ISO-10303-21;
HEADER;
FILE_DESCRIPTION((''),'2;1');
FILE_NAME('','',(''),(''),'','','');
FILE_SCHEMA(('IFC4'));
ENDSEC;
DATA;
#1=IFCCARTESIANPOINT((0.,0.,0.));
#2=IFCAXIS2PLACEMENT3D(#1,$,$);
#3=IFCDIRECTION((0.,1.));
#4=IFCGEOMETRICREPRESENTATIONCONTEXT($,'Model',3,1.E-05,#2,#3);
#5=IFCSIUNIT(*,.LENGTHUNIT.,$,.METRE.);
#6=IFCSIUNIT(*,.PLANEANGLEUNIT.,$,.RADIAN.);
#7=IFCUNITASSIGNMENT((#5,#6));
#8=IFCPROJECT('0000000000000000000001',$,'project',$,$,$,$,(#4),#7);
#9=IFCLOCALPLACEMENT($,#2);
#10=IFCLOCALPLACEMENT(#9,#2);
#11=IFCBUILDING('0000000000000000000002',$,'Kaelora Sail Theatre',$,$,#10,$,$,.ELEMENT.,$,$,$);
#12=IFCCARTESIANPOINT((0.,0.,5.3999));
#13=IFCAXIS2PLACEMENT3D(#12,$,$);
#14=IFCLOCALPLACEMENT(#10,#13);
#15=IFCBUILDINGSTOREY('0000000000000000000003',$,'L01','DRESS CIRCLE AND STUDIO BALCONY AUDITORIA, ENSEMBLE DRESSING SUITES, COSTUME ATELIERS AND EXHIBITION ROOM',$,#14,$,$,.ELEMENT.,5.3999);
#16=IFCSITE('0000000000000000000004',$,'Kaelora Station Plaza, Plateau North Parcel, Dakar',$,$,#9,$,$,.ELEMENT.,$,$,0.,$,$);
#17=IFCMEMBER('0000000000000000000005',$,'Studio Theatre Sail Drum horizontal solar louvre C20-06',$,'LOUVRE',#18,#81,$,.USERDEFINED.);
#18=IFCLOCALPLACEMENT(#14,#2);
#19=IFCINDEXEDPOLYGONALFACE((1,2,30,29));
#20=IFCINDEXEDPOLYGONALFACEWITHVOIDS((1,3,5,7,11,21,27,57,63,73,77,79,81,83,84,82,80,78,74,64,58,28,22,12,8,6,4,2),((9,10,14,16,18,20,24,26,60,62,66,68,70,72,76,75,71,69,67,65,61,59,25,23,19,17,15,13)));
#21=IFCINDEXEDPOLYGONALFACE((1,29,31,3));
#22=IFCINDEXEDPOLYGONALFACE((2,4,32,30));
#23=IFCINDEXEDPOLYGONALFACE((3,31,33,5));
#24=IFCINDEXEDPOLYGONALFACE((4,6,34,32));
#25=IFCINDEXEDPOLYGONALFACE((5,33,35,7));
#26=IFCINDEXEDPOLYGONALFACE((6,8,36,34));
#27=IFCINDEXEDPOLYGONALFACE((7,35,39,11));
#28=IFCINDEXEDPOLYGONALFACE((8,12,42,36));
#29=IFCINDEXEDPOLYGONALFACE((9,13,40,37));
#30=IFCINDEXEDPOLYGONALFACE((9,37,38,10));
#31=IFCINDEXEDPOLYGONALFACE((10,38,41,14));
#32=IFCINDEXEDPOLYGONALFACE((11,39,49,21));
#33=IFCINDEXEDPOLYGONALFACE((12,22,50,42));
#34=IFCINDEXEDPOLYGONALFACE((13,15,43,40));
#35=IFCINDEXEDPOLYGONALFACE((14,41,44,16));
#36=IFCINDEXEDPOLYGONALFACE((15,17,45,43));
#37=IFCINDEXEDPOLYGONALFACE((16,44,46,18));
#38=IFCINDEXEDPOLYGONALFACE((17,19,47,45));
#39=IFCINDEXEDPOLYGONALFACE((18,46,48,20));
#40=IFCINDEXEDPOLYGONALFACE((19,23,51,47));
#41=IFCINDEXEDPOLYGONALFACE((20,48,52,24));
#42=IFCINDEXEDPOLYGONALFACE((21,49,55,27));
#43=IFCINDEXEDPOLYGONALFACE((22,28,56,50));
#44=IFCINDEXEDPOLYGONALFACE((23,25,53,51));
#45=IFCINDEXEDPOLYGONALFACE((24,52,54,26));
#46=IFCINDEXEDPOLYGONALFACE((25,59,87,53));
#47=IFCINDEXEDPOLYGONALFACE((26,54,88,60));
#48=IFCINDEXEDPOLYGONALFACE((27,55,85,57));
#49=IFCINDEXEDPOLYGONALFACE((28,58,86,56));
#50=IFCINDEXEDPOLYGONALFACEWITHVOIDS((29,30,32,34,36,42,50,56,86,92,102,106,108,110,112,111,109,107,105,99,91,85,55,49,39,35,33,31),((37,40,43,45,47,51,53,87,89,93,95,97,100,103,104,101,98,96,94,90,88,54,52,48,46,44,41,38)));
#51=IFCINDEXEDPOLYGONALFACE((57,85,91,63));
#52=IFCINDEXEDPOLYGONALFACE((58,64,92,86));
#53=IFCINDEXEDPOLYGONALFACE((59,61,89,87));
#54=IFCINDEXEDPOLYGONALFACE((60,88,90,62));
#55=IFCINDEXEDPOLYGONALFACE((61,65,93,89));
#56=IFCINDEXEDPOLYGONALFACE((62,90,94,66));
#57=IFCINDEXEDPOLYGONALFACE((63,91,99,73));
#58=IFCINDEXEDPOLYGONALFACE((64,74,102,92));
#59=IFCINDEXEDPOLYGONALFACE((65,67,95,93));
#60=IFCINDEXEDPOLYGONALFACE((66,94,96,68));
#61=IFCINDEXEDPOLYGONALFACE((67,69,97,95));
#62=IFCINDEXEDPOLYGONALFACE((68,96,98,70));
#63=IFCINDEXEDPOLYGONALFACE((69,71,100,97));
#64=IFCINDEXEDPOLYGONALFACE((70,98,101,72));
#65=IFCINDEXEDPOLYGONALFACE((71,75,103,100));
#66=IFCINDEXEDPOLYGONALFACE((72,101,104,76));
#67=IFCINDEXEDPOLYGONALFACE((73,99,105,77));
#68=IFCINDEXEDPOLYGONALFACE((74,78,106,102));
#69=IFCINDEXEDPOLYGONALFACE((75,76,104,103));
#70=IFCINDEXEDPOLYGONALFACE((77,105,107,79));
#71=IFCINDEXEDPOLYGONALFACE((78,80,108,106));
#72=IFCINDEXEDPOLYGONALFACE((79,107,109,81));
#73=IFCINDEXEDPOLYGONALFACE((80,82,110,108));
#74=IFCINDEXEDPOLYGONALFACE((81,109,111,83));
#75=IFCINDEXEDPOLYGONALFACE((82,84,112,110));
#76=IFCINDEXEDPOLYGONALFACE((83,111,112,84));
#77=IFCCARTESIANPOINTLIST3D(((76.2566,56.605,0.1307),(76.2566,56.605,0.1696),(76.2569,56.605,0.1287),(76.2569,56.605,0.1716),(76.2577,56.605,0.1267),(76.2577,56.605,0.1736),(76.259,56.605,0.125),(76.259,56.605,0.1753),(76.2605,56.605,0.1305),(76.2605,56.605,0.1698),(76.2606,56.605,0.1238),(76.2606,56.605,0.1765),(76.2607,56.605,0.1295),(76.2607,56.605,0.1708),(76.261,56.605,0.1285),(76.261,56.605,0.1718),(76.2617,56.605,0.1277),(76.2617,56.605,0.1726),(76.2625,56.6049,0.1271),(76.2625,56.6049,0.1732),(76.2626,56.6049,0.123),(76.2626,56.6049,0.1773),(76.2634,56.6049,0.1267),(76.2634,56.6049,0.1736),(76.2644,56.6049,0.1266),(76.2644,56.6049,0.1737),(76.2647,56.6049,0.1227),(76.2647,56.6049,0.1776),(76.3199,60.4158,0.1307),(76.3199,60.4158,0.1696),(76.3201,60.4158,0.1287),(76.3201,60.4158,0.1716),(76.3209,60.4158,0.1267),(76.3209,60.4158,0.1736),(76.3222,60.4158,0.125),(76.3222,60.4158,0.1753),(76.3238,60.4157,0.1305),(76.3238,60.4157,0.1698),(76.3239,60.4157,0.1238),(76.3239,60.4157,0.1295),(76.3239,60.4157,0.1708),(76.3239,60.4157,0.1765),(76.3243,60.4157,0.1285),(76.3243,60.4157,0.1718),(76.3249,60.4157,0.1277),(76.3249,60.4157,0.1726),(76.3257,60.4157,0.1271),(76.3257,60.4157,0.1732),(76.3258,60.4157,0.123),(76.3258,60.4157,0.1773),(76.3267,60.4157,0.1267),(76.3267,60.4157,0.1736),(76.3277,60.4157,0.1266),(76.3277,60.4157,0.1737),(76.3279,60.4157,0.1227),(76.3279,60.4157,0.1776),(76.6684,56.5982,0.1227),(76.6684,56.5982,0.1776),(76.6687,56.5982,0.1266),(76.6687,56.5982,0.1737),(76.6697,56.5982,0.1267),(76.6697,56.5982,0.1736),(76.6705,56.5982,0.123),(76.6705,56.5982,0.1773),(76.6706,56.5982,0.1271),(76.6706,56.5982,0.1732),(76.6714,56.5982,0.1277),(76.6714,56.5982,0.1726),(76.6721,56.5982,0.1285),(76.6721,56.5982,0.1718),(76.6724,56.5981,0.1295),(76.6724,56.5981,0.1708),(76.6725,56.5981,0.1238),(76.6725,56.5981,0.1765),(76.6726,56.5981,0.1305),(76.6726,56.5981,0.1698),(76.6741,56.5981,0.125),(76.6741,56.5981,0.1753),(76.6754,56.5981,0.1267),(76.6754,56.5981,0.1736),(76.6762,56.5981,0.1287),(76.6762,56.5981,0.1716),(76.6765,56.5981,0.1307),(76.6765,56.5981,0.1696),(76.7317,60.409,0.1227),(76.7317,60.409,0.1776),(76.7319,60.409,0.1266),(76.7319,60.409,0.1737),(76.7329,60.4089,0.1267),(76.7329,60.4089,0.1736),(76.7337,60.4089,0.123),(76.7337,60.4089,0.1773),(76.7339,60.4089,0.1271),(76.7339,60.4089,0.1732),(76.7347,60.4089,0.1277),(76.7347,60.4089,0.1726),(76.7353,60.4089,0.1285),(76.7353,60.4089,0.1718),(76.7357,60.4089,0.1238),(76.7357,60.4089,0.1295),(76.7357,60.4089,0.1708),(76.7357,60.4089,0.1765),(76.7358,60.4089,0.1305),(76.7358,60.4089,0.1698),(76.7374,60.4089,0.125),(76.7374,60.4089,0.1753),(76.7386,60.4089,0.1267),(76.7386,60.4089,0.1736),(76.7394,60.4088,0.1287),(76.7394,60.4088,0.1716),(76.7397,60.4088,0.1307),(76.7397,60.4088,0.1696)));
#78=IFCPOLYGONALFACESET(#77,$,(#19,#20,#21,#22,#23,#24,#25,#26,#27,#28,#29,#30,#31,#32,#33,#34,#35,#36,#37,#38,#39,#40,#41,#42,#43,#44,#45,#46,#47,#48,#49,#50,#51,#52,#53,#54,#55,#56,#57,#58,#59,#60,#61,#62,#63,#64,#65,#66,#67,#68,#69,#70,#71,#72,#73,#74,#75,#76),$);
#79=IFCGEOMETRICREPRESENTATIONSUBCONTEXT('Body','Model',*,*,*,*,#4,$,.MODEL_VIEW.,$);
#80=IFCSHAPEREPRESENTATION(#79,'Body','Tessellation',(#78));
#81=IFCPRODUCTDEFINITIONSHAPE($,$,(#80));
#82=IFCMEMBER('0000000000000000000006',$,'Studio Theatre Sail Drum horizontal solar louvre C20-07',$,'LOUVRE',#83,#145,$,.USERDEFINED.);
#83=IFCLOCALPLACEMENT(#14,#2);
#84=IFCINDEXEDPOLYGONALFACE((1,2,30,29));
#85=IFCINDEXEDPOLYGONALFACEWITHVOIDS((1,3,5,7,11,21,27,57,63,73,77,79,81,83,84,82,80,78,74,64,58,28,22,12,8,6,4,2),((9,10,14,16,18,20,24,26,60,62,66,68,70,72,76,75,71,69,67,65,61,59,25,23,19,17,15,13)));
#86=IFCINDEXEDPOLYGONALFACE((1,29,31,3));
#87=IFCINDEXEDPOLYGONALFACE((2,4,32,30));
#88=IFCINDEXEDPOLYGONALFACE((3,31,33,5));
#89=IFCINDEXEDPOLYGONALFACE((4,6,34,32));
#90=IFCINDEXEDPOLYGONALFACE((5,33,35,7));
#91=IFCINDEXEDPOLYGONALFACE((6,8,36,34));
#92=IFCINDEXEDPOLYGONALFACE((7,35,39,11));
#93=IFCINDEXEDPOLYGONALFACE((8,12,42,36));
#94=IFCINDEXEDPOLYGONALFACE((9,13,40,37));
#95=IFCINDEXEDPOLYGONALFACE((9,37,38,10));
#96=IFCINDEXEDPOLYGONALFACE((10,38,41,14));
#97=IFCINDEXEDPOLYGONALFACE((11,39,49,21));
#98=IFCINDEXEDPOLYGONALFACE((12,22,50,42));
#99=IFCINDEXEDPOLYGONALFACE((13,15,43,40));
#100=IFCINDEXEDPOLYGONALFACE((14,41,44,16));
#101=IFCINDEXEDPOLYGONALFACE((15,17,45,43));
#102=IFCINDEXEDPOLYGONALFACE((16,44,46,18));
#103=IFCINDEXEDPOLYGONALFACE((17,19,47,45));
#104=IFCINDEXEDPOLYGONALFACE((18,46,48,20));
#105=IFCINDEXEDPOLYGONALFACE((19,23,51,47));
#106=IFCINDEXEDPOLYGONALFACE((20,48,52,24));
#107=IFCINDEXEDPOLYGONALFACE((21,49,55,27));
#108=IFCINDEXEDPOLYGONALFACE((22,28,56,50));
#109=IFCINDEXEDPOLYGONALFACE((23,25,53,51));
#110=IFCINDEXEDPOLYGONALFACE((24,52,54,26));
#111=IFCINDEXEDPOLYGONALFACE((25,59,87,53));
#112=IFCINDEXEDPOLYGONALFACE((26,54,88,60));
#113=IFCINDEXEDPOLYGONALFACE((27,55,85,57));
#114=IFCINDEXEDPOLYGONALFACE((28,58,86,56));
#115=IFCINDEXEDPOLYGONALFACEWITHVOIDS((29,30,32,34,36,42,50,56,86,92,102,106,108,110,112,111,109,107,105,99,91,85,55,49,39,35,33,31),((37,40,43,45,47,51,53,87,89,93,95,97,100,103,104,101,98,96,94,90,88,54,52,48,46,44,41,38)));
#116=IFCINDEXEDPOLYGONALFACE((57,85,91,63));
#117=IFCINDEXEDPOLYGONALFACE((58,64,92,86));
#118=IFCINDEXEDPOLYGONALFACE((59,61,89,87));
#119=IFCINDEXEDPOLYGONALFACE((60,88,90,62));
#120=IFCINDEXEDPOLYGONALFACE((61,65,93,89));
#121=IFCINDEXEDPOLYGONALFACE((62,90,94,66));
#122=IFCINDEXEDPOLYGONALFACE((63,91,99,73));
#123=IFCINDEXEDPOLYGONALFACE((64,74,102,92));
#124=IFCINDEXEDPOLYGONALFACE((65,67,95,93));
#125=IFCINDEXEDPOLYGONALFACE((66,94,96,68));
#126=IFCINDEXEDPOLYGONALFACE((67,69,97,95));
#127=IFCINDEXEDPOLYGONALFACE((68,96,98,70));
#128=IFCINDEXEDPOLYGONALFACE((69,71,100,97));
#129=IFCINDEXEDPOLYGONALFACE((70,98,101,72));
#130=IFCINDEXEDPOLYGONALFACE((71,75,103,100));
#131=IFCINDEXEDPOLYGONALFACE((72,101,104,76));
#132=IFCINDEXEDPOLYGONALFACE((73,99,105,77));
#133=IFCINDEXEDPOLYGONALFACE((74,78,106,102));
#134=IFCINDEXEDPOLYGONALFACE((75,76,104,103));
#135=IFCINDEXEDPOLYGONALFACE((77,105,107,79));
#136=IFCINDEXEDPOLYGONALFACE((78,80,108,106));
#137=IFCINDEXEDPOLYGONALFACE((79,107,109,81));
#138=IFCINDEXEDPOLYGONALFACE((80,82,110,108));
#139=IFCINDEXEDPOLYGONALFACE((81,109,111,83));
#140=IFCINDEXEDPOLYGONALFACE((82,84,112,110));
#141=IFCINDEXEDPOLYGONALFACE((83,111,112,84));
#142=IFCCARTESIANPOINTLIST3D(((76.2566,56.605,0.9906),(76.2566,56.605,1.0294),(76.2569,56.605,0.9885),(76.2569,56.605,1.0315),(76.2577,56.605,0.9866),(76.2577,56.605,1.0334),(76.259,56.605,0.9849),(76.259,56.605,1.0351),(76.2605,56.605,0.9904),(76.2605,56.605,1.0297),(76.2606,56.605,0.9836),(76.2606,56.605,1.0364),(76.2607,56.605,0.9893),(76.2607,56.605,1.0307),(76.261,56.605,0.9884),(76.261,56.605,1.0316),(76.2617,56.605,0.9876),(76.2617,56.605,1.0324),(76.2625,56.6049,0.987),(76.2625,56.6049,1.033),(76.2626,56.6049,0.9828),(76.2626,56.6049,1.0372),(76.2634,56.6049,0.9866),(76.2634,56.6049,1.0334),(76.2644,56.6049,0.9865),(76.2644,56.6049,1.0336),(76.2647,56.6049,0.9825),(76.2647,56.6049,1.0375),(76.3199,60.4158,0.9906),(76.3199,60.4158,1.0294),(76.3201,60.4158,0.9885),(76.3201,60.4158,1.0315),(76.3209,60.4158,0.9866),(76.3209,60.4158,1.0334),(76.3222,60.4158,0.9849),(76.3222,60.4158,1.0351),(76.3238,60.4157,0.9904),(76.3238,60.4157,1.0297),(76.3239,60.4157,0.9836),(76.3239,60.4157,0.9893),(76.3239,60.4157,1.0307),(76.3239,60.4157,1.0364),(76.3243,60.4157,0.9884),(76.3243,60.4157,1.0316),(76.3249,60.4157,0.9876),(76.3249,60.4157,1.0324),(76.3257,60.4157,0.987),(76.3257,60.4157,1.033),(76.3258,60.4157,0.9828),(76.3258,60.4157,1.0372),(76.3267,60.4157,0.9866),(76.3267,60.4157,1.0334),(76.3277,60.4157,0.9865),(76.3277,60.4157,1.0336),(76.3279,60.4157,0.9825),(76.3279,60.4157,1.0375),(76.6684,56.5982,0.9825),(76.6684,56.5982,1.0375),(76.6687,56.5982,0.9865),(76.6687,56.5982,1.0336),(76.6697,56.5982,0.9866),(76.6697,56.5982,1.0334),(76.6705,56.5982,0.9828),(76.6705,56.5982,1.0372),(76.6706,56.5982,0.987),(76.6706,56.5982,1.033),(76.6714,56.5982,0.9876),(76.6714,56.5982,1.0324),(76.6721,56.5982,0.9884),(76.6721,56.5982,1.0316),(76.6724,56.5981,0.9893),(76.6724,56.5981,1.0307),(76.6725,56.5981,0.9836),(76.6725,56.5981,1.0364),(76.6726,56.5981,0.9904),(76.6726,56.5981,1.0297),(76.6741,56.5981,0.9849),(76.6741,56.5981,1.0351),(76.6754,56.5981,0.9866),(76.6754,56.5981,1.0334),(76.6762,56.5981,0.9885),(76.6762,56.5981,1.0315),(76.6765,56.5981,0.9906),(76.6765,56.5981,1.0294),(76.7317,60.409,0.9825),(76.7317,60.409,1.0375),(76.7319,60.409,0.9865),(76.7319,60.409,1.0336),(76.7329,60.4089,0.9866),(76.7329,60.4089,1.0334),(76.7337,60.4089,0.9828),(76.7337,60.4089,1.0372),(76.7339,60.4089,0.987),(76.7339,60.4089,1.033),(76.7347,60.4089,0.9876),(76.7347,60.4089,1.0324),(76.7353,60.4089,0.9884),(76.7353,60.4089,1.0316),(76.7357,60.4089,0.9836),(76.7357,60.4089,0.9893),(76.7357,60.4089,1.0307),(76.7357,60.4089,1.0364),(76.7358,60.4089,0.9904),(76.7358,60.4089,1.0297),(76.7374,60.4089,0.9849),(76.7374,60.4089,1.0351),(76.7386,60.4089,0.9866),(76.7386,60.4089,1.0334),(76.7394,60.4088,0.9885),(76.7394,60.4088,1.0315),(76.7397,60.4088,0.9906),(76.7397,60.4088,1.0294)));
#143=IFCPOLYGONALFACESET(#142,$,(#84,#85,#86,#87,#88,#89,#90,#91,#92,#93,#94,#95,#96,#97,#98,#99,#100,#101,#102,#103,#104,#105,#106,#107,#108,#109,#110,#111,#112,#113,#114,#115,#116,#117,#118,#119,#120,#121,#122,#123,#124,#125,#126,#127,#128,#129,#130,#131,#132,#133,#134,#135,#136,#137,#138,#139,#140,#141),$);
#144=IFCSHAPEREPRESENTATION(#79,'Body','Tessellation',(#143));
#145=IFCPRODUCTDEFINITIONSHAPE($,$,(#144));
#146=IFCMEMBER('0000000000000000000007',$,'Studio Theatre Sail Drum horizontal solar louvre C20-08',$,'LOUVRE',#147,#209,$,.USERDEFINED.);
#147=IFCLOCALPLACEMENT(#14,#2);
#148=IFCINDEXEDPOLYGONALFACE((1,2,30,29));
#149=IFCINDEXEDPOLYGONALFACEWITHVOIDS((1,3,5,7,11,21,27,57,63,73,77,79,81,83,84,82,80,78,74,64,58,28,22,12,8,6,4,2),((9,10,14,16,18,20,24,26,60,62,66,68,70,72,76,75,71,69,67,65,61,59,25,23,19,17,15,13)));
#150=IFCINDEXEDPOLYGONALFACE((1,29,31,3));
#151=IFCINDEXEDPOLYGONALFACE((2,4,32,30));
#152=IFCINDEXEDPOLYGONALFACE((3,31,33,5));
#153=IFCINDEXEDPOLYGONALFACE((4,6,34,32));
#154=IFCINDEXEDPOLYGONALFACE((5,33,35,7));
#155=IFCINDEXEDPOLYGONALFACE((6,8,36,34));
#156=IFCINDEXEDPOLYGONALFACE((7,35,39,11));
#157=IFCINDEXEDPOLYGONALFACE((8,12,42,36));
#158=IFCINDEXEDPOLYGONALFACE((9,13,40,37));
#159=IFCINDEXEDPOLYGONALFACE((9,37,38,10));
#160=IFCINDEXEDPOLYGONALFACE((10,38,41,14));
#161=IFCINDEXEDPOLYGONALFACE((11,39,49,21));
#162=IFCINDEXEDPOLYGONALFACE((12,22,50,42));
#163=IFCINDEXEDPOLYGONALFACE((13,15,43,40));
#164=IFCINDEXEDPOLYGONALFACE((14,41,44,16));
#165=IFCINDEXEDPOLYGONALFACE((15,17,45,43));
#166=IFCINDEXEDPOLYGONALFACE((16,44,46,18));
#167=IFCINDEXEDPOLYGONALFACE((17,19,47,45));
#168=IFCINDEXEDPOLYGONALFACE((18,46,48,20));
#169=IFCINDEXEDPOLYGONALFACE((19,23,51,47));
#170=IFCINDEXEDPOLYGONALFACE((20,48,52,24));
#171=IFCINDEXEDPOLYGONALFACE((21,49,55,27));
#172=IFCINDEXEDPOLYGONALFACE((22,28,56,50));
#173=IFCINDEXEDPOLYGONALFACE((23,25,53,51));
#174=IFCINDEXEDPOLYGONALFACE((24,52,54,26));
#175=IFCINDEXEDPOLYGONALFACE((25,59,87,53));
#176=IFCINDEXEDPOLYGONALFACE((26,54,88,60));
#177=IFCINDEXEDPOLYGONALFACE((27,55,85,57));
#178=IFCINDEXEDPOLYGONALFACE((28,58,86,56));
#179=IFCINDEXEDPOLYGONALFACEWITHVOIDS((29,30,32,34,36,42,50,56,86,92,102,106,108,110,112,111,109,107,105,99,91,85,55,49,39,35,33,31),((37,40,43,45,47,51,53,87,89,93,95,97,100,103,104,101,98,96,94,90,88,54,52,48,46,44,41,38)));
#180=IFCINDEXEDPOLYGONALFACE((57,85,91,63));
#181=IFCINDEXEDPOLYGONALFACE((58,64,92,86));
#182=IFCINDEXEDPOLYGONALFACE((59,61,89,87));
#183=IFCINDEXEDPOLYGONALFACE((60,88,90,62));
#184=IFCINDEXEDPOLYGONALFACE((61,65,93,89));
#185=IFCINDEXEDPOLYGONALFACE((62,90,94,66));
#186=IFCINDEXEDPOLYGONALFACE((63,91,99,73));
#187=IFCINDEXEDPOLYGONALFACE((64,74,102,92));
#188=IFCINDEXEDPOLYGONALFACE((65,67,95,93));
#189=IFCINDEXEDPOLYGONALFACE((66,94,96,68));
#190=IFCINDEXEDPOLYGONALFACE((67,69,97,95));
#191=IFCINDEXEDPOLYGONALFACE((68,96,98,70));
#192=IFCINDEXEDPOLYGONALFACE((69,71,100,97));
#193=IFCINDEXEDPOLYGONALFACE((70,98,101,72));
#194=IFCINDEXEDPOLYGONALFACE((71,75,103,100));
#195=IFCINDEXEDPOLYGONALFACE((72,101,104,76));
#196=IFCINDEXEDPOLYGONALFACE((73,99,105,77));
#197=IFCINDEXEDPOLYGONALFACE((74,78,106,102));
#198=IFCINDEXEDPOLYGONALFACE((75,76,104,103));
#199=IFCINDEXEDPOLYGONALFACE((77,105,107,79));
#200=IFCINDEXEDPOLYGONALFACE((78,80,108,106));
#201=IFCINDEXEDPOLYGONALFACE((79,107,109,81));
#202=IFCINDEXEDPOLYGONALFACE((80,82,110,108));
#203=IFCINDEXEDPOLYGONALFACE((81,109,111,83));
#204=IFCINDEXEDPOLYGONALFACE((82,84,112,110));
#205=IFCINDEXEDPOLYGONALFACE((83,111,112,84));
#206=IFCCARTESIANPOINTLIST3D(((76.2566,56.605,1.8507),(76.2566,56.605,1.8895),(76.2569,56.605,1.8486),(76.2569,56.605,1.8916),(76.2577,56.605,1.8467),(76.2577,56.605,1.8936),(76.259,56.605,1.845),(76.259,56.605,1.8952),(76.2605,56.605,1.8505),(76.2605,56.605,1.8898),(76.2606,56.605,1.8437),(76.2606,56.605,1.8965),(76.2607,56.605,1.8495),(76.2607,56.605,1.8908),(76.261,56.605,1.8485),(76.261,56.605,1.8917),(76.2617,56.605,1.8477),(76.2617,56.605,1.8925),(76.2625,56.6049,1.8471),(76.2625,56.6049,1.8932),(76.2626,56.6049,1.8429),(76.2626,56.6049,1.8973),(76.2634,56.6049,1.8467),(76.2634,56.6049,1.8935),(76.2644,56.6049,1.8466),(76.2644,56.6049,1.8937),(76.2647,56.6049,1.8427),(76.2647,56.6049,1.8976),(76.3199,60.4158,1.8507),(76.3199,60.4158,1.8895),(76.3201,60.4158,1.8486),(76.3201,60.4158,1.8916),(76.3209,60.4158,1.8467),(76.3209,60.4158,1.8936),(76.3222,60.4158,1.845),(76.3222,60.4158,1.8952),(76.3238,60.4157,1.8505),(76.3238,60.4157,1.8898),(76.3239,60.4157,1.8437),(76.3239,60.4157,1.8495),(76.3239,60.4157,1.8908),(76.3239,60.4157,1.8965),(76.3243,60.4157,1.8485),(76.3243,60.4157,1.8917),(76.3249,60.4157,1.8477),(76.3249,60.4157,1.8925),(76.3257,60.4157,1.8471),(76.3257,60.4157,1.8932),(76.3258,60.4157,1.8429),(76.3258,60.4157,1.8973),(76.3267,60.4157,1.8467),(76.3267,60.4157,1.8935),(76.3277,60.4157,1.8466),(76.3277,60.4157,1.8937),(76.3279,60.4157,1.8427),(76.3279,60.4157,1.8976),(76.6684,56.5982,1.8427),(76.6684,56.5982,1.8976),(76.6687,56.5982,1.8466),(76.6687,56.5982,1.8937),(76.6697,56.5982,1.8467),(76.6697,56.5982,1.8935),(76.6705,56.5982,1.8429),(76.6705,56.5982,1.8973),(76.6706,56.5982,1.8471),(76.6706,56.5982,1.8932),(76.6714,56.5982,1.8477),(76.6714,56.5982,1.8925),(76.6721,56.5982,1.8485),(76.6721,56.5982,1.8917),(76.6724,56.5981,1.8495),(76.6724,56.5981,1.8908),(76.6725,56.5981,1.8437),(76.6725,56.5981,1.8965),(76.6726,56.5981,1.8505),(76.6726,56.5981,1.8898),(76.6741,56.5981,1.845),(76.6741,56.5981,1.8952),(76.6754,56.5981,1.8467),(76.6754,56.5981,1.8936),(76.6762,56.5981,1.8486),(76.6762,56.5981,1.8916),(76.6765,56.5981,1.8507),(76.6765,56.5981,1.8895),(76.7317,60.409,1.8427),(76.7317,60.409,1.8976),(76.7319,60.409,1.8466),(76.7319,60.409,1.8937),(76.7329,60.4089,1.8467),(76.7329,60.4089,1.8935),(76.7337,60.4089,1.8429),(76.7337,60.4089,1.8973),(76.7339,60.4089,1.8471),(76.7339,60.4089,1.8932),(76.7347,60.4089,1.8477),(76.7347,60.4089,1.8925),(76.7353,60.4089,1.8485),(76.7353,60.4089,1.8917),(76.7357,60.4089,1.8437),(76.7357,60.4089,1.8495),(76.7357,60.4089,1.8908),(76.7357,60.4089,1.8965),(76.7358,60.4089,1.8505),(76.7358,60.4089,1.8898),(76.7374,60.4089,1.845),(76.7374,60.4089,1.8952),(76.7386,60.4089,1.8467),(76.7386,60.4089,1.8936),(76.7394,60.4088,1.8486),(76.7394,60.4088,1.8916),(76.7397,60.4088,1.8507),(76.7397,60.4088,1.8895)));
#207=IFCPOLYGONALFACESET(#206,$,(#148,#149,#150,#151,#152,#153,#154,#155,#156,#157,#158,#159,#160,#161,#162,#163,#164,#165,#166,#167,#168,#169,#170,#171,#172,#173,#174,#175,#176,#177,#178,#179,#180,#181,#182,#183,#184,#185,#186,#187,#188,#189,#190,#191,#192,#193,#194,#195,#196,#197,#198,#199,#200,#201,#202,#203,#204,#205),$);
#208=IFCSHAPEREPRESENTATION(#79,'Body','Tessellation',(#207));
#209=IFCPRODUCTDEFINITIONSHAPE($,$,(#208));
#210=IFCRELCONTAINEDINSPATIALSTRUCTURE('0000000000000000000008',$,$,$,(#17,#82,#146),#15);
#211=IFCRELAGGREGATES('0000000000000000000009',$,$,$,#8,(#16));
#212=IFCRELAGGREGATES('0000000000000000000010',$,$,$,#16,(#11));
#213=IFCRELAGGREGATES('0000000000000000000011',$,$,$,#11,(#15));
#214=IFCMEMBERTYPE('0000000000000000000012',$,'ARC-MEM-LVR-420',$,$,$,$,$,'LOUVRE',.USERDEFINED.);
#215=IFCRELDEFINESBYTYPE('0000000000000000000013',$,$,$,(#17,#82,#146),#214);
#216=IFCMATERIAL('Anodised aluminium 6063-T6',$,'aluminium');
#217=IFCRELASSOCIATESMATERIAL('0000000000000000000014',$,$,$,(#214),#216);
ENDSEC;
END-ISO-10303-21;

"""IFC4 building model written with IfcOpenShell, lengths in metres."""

from ifc_helpers import new_model, si_unit, direction, frame, origin, origin_2d, place, context, subcontext, project, spatial, hollow_rectangle, extrude, material, material_profile, profile_set, type_object, element, save


model = new_model("IFC4")

# Units and contexts
model_context = context("Model", 3, precision=1e-05, world=origin(), true_north=direction((0.0, 1.0)))
body_context = subcontext(model_context, "Body", "Model", "MODEL_VIEW")
ifc_project = project(units=[si_unit("LENGTHUNIT", "METRE"), si_unit("PLANEANGLEUNIT", "RADIAN")], contexts=[model_context])

# Site, building, storey
site_placement = place(None, origin())
site = spatial("IfcSite", under=ifc_project, at=site_placement, Name="Kaelora Station Plaza, Plateau North Parcel, Dakar", CompositionType="ELEMENT", RefElevation=0.0)
building_placement = place(site_placement, origin())
building = spatial("IfcBuilding", under=site, at=building_placement, Name="Kaelora Sail Theatre", CompositionType="ELEMENT")
storey_placement = place(building_placement, frame((0.0, 0.0, 5.3999)))
storey = spatial("IfcBuildingStorey", under=building, at=storey_placement, Name="L01", Description="DRESS CIRCLE AND STUDIO BALCONY AUDITORIA, ENSEMBLE DRESSING SUITES, COSTUME ATELIERS AND EXHIBITION ROOM", CompositionType="ELEMENT", Elevation=5.3999)

# Members
ifc_material_1 = material(Name="Anodised aluminium 6063-T6", Category="aluminium")
ifc_material_profile_1 = material_profile(ifc_material_1, hollow_rectangle(XDim=0.4199, YDim=0.0549, WallThickness=0.0039, InnerFilletRadius=0.0039, OuterFilletRadius=0.0081, at=origin_2d()), Name="LOUVRE 420x55x4")
ifc_profile_set_1 = profile_set([ifc_material_profile_1], Name="Anodised aluminium 6063-T6")
member_type_1 = type_object("IfcMemberType", Name="ARC-MEM-LVR-420", ElementType="LOUVRE", PredefinedType="USERDEFINED", material=ifc_profile_set_1)
for number, where, z_axis, x_axis, name in (
    (1, (76.4666, 56.6016, 0.1501), (0.016591, 0.999862, 0.0), (-0.999862, 0.016591, 0.0), "Studio Theatre Sail Drum horizontal solar louvre C20-06"),
    (2, (76.4666, 56.6016, 1.01), (0.016591, 0.999862, 0.0), (-0.999862, 0.016591, 0.0), "Studio Theatre Sail Drum horizontal solar louvre C20-07"),
    (3, (76.4666, 56.6016, 1.8701), (0.016591, 0.999862, 0.0), (-0.999862, 0.016591, 0.0), "Studio Theatre Sail Drum horizontal solar louvre C20-08"),
):
    element("IfcMember", number, at=place(storey_placement, frame(where, z_axis=z_axis, x_axis=x_axis)), inside=storey, type_object=member_type_1, Name=name, ObjectType="LOUVRE", PredefinedType="USERDEFINED", context=body_context, shape_type="SweptSolid", body=[
        extrude(hollow_rectangle(XDim=0.4199, YDim=0.0549, WallThickness=0.0039, InnerFilletRadius=0.0039, OuterFilletRadius=0.0081, at=origin_2d()), origin(), (0.0, 0.0, 1.0), 3.8113),
    ])

save(model, "model.ifc")
